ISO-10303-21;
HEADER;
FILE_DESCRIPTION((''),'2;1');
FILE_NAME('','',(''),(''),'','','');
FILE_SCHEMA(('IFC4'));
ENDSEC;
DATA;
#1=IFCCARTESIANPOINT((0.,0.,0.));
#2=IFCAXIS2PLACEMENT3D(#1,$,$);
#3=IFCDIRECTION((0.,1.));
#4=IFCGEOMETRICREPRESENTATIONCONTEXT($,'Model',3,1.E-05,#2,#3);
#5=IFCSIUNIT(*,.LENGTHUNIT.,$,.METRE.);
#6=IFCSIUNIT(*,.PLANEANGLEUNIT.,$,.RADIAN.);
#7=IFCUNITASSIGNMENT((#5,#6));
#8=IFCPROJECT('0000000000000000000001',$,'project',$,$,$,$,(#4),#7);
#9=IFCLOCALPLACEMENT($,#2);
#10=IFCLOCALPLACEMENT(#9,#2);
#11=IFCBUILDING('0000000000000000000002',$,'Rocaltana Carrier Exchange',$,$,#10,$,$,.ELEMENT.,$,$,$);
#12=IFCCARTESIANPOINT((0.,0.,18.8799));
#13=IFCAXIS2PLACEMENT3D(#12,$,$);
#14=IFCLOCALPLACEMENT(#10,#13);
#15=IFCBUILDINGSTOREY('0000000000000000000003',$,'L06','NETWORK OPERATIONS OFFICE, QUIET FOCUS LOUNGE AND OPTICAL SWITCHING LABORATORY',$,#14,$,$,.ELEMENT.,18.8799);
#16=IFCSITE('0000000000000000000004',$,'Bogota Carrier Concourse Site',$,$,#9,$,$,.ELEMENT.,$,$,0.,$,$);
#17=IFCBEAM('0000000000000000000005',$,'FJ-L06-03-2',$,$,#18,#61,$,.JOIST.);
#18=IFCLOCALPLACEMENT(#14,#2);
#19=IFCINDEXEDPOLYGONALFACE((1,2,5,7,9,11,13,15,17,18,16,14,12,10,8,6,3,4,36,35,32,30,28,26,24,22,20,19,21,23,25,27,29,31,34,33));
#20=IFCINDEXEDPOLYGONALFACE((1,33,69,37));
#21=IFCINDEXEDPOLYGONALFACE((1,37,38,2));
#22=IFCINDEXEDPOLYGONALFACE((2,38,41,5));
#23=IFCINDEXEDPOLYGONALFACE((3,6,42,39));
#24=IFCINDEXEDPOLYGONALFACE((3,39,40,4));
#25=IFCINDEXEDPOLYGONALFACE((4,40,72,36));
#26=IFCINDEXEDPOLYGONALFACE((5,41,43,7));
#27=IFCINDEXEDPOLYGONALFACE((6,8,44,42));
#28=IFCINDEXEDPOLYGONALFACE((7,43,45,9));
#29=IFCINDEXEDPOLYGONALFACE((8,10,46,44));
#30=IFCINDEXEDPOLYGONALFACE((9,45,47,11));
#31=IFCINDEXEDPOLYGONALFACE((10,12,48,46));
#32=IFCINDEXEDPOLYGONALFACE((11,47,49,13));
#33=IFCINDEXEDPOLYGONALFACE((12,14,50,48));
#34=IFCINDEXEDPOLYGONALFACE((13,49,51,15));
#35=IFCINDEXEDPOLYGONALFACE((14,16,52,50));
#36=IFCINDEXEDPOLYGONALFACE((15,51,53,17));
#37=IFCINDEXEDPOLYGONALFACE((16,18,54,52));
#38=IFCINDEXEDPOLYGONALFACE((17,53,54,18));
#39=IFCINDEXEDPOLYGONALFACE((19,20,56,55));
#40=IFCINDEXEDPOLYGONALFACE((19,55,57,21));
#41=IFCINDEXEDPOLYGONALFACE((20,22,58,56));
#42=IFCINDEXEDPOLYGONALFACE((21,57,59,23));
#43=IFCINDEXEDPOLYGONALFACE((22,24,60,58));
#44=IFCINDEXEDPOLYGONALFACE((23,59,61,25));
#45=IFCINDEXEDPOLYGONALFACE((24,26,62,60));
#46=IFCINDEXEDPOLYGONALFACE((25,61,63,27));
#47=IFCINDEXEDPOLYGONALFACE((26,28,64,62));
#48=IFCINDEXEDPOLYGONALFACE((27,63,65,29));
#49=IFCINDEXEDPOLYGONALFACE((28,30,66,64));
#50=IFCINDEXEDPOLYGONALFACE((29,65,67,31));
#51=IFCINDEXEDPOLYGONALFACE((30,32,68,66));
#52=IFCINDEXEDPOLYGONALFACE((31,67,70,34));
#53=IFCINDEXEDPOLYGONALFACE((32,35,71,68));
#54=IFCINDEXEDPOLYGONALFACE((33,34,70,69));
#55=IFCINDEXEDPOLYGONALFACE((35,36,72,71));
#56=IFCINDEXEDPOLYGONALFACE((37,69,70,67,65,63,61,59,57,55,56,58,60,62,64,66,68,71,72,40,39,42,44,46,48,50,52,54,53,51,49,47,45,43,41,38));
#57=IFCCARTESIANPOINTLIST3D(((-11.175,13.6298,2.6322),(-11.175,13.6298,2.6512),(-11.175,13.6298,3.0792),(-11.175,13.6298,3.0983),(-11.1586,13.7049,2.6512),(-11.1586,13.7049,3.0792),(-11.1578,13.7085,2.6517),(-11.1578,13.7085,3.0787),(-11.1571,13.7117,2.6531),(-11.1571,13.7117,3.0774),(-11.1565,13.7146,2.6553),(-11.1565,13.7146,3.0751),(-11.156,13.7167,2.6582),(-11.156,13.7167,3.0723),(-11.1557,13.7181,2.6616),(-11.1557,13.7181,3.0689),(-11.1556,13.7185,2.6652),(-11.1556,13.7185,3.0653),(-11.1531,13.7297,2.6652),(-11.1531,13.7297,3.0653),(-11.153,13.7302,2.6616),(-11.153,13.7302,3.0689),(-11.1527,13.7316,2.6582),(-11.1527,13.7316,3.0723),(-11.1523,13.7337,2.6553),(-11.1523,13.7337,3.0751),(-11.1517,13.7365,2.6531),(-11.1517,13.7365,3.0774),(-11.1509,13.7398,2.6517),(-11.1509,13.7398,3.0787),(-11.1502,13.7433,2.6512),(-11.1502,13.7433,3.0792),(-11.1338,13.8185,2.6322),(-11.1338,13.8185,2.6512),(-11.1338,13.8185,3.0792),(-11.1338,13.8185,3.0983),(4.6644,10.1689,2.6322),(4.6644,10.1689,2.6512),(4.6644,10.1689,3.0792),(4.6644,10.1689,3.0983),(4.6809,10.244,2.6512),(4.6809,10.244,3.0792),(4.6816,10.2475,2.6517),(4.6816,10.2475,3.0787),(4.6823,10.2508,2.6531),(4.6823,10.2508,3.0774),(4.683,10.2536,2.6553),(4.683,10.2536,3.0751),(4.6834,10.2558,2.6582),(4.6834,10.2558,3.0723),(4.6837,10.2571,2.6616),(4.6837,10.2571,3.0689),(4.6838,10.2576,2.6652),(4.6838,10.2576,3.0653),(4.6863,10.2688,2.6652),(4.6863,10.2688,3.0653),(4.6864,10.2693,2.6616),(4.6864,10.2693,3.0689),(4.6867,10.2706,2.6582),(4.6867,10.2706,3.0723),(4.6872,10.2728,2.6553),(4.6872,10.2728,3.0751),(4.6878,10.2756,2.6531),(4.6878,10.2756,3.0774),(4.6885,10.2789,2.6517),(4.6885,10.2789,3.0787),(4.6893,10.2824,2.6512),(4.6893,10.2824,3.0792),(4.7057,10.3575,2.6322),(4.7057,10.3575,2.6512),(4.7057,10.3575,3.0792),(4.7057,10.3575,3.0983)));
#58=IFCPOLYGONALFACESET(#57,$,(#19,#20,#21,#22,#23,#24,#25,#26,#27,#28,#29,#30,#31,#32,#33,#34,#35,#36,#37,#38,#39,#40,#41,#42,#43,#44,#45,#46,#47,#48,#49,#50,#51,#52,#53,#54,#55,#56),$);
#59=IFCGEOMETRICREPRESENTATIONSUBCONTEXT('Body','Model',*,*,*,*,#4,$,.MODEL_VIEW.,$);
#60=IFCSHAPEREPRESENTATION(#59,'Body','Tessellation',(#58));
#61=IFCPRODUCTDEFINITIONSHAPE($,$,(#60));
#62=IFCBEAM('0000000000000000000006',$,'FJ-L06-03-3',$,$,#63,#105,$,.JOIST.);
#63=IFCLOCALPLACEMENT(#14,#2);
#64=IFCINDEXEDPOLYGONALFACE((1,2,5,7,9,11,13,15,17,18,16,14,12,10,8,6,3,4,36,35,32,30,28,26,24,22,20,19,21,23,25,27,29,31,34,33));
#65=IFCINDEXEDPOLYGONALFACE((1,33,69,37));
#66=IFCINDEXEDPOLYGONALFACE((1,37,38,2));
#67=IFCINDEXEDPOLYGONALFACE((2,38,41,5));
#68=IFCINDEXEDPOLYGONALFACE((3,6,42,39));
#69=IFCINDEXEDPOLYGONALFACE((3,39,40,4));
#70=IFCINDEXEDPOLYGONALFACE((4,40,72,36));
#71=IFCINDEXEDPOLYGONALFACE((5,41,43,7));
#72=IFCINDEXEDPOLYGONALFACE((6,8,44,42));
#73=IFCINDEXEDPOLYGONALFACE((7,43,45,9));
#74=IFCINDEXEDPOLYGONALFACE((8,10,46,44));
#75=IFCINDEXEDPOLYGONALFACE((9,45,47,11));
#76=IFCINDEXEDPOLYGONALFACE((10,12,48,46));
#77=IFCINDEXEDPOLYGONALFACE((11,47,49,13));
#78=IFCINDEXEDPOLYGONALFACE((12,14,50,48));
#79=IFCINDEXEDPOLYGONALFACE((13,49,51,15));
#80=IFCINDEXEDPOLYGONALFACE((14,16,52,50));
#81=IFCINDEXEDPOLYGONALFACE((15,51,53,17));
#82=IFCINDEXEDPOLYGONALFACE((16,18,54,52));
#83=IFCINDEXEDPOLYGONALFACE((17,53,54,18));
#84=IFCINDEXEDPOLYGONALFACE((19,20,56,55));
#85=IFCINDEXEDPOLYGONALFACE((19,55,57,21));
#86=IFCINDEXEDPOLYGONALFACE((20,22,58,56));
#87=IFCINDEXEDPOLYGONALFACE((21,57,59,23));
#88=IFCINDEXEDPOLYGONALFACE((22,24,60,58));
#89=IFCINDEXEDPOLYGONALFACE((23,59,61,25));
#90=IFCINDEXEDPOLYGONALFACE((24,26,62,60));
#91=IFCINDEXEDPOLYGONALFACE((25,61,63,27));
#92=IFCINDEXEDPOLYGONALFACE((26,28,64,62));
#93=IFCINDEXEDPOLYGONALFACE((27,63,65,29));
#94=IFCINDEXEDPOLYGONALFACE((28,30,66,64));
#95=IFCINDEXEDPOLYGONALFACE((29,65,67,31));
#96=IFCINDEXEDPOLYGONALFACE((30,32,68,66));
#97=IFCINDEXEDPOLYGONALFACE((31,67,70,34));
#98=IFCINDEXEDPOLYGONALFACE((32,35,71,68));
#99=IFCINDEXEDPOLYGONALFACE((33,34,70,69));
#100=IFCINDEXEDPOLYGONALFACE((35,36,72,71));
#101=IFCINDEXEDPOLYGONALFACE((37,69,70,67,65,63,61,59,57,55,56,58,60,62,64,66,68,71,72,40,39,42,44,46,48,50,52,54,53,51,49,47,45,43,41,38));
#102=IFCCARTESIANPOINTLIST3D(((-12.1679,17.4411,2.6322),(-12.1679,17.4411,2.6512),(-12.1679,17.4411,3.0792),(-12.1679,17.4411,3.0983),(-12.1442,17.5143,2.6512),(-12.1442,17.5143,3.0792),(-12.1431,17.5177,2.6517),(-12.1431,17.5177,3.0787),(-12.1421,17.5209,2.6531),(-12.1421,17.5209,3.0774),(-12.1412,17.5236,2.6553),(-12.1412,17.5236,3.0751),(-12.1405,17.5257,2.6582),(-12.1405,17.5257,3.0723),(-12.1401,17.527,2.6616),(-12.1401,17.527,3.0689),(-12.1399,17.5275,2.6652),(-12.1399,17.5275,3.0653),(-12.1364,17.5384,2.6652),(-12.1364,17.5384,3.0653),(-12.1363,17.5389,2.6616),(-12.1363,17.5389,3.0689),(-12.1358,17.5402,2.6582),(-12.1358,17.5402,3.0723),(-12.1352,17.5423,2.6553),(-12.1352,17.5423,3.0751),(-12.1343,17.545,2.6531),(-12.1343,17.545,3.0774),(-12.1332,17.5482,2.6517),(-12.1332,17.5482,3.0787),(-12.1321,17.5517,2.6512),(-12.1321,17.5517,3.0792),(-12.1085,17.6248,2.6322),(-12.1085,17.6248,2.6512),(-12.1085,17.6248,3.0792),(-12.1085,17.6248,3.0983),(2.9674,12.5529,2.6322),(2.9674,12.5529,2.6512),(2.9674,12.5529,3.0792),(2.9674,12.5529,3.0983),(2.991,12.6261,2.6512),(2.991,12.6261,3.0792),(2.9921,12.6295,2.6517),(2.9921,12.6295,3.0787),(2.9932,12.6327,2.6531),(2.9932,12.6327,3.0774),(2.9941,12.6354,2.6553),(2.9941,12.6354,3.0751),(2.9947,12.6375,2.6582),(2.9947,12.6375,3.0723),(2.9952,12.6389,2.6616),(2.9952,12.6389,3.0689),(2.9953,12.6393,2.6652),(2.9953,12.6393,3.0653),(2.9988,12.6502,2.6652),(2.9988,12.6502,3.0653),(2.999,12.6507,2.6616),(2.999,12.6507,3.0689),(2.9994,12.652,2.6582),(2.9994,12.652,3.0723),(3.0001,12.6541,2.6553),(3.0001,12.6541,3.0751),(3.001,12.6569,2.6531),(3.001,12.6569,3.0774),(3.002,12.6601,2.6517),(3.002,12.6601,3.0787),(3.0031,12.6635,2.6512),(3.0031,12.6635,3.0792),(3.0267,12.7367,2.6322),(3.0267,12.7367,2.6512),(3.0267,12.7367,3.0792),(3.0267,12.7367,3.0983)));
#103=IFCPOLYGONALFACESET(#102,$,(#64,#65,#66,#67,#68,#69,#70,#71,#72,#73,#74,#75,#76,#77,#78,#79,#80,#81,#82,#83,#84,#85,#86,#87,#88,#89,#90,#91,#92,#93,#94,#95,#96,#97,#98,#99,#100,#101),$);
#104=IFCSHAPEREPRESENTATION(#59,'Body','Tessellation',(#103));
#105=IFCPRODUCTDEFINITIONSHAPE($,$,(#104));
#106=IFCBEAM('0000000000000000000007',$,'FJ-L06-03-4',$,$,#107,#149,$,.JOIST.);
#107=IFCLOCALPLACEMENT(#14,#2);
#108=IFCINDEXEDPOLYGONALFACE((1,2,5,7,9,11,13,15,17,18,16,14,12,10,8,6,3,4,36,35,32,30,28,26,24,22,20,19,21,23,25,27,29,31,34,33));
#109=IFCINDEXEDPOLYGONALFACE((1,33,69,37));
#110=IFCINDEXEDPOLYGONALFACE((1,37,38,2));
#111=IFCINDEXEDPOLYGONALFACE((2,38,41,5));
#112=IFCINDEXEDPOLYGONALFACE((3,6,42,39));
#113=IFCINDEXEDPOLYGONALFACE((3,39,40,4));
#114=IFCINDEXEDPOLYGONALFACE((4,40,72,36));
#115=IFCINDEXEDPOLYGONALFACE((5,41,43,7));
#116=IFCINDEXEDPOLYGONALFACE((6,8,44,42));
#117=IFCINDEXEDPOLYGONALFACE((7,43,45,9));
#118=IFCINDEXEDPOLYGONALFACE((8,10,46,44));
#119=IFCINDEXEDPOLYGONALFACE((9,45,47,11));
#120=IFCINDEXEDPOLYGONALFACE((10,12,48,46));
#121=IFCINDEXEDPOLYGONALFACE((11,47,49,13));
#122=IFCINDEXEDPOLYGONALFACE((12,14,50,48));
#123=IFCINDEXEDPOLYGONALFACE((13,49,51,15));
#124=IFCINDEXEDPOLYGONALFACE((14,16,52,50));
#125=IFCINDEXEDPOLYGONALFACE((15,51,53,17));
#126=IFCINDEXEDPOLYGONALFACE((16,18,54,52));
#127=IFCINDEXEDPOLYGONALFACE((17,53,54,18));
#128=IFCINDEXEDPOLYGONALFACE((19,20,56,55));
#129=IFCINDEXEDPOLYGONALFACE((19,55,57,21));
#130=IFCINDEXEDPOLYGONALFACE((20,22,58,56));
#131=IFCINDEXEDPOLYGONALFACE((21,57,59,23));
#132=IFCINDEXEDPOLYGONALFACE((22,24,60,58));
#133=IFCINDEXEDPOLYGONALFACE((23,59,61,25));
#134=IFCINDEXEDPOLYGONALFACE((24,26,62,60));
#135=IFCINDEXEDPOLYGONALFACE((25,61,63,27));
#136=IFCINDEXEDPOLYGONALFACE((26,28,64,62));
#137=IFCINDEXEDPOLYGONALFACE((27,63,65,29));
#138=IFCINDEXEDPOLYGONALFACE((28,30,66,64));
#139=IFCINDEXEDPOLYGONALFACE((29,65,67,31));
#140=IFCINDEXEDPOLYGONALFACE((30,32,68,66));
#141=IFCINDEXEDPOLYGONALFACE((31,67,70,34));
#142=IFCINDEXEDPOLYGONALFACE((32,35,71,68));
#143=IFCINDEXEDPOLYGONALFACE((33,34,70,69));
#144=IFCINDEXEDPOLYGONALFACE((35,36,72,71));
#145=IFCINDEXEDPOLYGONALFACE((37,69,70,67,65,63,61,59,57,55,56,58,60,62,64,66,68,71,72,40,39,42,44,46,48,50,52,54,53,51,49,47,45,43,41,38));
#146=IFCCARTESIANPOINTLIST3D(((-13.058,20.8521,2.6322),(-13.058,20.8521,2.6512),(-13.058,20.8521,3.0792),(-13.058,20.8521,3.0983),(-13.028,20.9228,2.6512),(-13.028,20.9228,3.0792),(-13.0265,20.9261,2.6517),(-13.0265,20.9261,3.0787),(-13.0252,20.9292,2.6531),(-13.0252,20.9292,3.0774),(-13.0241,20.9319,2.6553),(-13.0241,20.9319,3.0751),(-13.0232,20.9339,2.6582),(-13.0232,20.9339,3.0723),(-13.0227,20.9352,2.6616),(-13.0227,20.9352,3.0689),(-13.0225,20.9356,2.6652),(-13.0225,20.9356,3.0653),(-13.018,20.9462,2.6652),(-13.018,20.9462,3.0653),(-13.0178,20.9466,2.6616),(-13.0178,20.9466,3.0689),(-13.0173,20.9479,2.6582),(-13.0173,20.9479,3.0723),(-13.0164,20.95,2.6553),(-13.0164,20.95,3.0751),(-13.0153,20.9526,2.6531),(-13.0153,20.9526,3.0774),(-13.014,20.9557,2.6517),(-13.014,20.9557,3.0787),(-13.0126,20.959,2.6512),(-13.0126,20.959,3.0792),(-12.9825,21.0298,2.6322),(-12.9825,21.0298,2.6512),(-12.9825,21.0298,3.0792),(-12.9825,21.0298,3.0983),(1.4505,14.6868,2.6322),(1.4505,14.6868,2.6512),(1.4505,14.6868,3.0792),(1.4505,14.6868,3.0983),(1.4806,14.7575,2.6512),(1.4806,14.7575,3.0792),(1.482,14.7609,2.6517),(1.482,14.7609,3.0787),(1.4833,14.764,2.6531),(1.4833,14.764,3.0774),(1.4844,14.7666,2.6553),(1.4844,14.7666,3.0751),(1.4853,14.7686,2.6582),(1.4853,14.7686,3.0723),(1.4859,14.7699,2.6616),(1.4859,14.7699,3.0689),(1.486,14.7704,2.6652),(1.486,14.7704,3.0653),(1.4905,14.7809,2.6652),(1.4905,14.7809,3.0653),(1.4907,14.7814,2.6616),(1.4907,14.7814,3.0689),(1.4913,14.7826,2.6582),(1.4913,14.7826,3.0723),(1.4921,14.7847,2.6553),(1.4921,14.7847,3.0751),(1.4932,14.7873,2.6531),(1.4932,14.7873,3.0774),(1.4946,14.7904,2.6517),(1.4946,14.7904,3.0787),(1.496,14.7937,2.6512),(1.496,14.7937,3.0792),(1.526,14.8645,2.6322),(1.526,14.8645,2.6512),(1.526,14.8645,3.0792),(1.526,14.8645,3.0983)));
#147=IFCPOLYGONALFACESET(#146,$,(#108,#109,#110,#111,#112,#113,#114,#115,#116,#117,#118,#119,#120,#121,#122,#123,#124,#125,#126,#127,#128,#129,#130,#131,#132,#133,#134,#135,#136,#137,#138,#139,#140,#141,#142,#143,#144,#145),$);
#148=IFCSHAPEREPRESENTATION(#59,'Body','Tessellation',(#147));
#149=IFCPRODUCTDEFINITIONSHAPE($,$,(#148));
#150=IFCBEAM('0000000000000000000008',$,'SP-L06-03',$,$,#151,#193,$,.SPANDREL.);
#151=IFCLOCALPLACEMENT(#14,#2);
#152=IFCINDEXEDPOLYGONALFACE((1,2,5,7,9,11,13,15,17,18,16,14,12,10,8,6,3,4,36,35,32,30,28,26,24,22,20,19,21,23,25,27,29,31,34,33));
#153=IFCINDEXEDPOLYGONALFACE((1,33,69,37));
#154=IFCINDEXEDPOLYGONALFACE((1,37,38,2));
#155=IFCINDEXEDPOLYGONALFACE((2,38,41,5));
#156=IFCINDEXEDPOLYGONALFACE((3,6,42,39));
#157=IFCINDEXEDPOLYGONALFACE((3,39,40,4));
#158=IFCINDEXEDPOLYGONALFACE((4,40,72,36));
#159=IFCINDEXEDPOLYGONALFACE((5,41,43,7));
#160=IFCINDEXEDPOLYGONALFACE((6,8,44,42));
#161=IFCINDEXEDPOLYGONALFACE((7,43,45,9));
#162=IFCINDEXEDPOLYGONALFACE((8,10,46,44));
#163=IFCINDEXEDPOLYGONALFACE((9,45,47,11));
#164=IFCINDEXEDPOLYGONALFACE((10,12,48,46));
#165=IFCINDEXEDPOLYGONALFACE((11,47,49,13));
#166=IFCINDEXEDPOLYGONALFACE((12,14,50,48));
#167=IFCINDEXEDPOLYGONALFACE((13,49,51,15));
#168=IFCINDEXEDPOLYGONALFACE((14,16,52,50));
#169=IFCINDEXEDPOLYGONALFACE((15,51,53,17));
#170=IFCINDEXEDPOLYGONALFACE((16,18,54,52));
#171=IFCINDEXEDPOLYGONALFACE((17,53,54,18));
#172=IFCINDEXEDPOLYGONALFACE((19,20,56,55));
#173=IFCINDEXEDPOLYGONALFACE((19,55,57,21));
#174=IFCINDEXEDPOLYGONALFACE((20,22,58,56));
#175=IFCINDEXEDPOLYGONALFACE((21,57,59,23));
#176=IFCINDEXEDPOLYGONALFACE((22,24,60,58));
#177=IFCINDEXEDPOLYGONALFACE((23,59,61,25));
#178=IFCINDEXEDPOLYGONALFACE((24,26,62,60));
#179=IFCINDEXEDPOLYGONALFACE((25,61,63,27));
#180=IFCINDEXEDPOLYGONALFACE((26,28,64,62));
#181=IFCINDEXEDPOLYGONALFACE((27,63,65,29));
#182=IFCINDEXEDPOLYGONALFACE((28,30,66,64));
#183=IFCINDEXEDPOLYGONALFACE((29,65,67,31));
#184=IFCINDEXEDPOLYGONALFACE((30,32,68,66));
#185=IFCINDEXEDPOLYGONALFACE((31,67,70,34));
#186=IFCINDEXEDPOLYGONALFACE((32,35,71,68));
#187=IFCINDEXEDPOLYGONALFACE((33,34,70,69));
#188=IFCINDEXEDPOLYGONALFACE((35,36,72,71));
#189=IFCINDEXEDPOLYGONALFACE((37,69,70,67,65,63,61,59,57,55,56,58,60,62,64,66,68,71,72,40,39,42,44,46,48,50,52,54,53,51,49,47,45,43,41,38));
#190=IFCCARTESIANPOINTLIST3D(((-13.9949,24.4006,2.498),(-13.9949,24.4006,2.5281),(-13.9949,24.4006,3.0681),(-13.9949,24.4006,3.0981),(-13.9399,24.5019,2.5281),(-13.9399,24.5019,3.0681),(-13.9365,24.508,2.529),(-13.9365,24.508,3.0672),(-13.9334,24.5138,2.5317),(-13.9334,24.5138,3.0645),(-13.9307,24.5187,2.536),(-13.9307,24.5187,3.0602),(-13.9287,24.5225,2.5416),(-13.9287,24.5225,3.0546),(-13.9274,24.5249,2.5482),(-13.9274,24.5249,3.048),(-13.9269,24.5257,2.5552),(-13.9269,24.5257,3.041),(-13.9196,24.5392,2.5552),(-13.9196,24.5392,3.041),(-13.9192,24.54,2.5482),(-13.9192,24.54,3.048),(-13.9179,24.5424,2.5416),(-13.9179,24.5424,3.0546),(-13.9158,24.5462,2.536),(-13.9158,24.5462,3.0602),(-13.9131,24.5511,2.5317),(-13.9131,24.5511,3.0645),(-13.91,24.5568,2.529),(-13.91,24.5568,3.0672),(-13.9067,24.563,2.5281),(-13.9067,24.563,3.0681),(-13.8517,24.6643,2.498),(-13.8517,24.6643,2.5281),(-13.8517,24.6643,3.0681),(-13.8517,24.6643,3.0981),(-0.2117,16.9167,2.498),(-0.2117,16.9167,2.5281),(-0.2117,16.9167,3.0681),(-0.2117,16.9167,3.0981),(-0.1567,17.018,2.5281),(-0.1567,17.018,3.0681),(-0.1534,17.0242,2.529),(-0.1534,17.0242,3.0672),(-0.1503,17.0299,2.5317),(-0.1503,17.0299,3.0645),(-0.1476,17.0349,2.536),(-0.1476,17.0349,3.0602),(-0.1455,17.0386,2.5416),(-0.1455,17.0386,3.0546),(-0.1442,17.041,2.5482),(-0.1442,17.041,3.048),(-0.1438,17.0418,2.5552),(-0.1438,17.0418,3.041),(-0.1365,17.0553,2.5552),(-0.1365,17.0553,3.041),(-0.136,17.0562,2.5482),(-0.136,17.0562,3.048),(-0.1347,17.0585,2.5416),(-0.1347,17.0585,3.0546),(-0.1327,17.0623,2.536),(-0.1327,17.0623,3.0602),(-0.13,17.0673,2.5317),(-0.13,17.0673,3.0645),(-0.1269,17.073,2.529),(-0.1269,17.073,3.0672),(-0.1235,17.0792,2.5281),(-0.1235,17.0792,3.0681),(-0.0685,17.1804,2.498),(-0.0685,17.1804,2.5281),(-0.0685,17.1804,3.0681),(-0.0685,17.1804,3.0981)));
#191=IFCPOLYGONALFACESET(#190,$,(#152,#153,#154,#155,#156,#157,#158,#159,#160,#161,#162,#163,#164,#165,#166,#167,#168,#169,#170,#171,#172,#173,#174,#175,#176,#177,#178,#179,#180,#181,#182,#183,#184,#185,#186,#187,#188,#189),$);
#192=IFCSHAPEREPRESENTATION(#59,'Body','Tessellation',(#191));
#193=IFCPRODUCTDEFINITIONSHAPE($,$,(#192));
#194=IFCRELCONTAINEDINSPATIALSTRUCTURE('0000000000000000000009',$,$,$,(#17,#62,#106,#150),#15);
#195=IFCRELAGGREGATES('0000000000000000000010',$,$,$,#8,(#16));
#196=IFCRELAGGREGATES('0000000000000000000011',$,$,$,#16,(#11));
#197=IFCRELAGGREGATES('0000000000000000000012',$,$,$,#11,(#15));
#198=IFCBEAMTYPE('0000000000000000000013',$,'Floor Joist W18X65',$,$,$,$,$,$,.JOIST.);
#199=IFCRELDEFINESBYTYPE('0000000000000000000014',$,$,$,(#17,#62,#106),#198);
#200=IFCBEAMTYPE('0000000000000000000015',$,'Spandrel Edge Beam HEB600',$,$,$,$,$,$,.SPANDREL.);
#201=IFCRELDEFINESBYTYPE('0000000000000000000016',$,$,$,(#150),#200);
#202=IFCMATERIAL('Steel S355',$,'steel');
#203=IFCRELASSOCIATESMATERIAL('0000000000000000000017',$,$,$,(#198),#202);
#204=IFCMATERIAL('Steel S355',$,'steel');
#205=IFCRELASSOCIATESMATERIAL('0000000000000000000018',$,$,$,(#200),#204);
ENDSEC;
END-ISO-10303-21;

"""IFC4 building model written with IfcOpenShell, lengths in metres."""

from ifc_helpers import new_model, si_unit, direction, frame, origin, origin_2d, place, context, subcontext, project, spatial, i_section, extrude, material, material_profile, profile_set, type_object, element, save


model = new_model("IFC4")

# Units and contexts
model_context = context("Model", 3, precision=1e-05, world=origin(), true_north=direction((0.0, 1.0)))
body_context = subcontext(model_context, "Body", "Model", "MODEL_VIEW")
ifc_project = project(units=[si_unit("LENGTHUNIT", "METRE"), si_unit("PLANEANGLEUNIT", "RADIAN")], contexts=[model_context])

# Site, building, storey
site_placement = place(None, origin())
site = spatial("IfcSite", under=ifc_project, at=site_placement, Name="Bogota Carrier Concourse Site", CompositionType="ELEMENT", RefElevation=0.0)
building_placement = place(site_placement, origin())
building = spatial("IfcBuilding", under=site, at=building_placement, Name="Rocaltana Carrier Exchange", CompositionType="ELEMENT")
storey_placement = place(building_placement, frame((0.0, 0.0, 18.8799)))
storey = spatial("IfcBuildingStorey", under=building, at=storey_placement, Name="L06", Description="NETWORK OPERATIONS OFFICE, QUIET FOCUS LOUNGE AND OPTICAL SWITCHING LABORATORY", CompositionType="ELEMENT", Elevation=18.8799)

# Beams
ifc_material_1 = material(Name="Steel S355", Category="steel")
ifc_material_profile_1 = material_profile(ifc_material_1, i_section(OverallWidth=0.1931, OverallDepth=0.4661, WebThickness=0.0115, FlangeThickness=0.019, FilletRadius=0.0139, at=origin_2d()), Name="W18X65")
ifc_profile_set_1 = profile_set([ifc_material_profile_1], Name="Steel S355")
beam_type_1 = type_object("IfcBeamType", Name="Floor Joist W18X65", PredefinedType="JOIST", material=ifc_profile_set_1)
beam_1_placement = place(storey_placement, frame((4.6851, 10.2632, 2.8652), z_axis=(-0.97695, 0.213466, 0.0), x_axis=(-0.213466, -0.97695, 0.0)))
element("IfcBeam", 1, at=beam_1_placement, inside=storey, type_object=beam_type_1, Name="FJ-L06-03-2", PredefinedType="JOIST", context=body_context, shape_type="SweptSolid", body=[
    extrude(i_section(OverallWidth=0.1931, OverallDepth=0.4661, WebThickness=0.0115, FlangeThickness=0.019, FilletRadius=0.0139, at=origin_2d()), origin(), (0.0, 0.0, 1.0), 16.2131),
])
beam_2_placement = place(storey_placement, frame((2.9971, 12.6448, 2.8652), z_axis=(-0.951601, 0.307336, 0.0), x_axis=(-0.307336, -0.951601, 0.0)))
element("IfcBeam", 2, at=beam_2_placement, inside=storey, type_object=beam_type_1, Name="FJ-L06-03-3", PredefinedType="JOIST", context=body_context, shape_type="SweptSolid", body=[
    extrude(i_section(OverallWidth=0.1931, OverallDepth=0.4661, WebThickness=0.0115, FlangeThickness=0.019, FilletRadius=0.0139, at=origin_2d()), origin(), (0.0, 0.0, 1.0), 15.905),
])
beam_3_placement = place(storey_placement, frame((1.4883, 14.7756, 2.8652), z_axis=(-0.92035, 0.391095, 0.0), x_axis=(-0.391095, -0.92035, 0.0)))
element("IfcBeam", 3, at=beam_3_placement, inside=storey, type_object=beam_type_1, Name="FJ-L06-03-4", PredefinedType="JOIST", context=body_context, shape_type="SweptSolid", body=[
    extrude(i_section(OverallWidth=0.1931, OverallDepth=0.4661, WebThickness=0.0115, FlangeThickness=0.019, FilletRadius=0.0139, at=origin_2d()), origin(), (0.0, 0.0, 1.0), 15.7642),
])
ifc_material_2 = material(Name="Steel S355", Category="steel")
ifc_material_profile_2 = material_profile(ifc_material_2, i_section(OverallWidth=0.3, OverallDepth=0.6001, WebThickness=0.0154, FlangeThickness=0.03, FilletRadius=0.0271, at=origin_2d()), Name="HEB600")
ifc_profile_set_2 = profile_set([ifc_material_profile_2], Name="Steel S355")
beam_type_2 = type_object("IfcBeamType", Name="Spandrel Edge Beam HEB600", PredefinedType="SPANDREL", material=ifc_profile_set_2)
beam_4_placement = place(storey_placement, frame((-0.1401, 17.0486, 2.7981), z_axis=(-0.878811, 0.477169, 0.0), x_axis=(-0.477169, -0.878811, 0.0)))
element("IfcBeam", 4, at=beam_4_placement, inside=storey, type_object=beam_type_2, Name="SP-L06-03", PredefinedType="SPANDREL", context=body_context, shape_type="SweptSolid", body=[
    extrude(i_section(OverallWidth=0.3, OverallDepth=0.6001, WebThickness=0.0154, FlangeThickness=0.03, FilletRadius=0.0271, at=origin_2d()), origin(), (0.0, 0.0, 1.0), 15.6838),
])

save(model, "model.ifc")
